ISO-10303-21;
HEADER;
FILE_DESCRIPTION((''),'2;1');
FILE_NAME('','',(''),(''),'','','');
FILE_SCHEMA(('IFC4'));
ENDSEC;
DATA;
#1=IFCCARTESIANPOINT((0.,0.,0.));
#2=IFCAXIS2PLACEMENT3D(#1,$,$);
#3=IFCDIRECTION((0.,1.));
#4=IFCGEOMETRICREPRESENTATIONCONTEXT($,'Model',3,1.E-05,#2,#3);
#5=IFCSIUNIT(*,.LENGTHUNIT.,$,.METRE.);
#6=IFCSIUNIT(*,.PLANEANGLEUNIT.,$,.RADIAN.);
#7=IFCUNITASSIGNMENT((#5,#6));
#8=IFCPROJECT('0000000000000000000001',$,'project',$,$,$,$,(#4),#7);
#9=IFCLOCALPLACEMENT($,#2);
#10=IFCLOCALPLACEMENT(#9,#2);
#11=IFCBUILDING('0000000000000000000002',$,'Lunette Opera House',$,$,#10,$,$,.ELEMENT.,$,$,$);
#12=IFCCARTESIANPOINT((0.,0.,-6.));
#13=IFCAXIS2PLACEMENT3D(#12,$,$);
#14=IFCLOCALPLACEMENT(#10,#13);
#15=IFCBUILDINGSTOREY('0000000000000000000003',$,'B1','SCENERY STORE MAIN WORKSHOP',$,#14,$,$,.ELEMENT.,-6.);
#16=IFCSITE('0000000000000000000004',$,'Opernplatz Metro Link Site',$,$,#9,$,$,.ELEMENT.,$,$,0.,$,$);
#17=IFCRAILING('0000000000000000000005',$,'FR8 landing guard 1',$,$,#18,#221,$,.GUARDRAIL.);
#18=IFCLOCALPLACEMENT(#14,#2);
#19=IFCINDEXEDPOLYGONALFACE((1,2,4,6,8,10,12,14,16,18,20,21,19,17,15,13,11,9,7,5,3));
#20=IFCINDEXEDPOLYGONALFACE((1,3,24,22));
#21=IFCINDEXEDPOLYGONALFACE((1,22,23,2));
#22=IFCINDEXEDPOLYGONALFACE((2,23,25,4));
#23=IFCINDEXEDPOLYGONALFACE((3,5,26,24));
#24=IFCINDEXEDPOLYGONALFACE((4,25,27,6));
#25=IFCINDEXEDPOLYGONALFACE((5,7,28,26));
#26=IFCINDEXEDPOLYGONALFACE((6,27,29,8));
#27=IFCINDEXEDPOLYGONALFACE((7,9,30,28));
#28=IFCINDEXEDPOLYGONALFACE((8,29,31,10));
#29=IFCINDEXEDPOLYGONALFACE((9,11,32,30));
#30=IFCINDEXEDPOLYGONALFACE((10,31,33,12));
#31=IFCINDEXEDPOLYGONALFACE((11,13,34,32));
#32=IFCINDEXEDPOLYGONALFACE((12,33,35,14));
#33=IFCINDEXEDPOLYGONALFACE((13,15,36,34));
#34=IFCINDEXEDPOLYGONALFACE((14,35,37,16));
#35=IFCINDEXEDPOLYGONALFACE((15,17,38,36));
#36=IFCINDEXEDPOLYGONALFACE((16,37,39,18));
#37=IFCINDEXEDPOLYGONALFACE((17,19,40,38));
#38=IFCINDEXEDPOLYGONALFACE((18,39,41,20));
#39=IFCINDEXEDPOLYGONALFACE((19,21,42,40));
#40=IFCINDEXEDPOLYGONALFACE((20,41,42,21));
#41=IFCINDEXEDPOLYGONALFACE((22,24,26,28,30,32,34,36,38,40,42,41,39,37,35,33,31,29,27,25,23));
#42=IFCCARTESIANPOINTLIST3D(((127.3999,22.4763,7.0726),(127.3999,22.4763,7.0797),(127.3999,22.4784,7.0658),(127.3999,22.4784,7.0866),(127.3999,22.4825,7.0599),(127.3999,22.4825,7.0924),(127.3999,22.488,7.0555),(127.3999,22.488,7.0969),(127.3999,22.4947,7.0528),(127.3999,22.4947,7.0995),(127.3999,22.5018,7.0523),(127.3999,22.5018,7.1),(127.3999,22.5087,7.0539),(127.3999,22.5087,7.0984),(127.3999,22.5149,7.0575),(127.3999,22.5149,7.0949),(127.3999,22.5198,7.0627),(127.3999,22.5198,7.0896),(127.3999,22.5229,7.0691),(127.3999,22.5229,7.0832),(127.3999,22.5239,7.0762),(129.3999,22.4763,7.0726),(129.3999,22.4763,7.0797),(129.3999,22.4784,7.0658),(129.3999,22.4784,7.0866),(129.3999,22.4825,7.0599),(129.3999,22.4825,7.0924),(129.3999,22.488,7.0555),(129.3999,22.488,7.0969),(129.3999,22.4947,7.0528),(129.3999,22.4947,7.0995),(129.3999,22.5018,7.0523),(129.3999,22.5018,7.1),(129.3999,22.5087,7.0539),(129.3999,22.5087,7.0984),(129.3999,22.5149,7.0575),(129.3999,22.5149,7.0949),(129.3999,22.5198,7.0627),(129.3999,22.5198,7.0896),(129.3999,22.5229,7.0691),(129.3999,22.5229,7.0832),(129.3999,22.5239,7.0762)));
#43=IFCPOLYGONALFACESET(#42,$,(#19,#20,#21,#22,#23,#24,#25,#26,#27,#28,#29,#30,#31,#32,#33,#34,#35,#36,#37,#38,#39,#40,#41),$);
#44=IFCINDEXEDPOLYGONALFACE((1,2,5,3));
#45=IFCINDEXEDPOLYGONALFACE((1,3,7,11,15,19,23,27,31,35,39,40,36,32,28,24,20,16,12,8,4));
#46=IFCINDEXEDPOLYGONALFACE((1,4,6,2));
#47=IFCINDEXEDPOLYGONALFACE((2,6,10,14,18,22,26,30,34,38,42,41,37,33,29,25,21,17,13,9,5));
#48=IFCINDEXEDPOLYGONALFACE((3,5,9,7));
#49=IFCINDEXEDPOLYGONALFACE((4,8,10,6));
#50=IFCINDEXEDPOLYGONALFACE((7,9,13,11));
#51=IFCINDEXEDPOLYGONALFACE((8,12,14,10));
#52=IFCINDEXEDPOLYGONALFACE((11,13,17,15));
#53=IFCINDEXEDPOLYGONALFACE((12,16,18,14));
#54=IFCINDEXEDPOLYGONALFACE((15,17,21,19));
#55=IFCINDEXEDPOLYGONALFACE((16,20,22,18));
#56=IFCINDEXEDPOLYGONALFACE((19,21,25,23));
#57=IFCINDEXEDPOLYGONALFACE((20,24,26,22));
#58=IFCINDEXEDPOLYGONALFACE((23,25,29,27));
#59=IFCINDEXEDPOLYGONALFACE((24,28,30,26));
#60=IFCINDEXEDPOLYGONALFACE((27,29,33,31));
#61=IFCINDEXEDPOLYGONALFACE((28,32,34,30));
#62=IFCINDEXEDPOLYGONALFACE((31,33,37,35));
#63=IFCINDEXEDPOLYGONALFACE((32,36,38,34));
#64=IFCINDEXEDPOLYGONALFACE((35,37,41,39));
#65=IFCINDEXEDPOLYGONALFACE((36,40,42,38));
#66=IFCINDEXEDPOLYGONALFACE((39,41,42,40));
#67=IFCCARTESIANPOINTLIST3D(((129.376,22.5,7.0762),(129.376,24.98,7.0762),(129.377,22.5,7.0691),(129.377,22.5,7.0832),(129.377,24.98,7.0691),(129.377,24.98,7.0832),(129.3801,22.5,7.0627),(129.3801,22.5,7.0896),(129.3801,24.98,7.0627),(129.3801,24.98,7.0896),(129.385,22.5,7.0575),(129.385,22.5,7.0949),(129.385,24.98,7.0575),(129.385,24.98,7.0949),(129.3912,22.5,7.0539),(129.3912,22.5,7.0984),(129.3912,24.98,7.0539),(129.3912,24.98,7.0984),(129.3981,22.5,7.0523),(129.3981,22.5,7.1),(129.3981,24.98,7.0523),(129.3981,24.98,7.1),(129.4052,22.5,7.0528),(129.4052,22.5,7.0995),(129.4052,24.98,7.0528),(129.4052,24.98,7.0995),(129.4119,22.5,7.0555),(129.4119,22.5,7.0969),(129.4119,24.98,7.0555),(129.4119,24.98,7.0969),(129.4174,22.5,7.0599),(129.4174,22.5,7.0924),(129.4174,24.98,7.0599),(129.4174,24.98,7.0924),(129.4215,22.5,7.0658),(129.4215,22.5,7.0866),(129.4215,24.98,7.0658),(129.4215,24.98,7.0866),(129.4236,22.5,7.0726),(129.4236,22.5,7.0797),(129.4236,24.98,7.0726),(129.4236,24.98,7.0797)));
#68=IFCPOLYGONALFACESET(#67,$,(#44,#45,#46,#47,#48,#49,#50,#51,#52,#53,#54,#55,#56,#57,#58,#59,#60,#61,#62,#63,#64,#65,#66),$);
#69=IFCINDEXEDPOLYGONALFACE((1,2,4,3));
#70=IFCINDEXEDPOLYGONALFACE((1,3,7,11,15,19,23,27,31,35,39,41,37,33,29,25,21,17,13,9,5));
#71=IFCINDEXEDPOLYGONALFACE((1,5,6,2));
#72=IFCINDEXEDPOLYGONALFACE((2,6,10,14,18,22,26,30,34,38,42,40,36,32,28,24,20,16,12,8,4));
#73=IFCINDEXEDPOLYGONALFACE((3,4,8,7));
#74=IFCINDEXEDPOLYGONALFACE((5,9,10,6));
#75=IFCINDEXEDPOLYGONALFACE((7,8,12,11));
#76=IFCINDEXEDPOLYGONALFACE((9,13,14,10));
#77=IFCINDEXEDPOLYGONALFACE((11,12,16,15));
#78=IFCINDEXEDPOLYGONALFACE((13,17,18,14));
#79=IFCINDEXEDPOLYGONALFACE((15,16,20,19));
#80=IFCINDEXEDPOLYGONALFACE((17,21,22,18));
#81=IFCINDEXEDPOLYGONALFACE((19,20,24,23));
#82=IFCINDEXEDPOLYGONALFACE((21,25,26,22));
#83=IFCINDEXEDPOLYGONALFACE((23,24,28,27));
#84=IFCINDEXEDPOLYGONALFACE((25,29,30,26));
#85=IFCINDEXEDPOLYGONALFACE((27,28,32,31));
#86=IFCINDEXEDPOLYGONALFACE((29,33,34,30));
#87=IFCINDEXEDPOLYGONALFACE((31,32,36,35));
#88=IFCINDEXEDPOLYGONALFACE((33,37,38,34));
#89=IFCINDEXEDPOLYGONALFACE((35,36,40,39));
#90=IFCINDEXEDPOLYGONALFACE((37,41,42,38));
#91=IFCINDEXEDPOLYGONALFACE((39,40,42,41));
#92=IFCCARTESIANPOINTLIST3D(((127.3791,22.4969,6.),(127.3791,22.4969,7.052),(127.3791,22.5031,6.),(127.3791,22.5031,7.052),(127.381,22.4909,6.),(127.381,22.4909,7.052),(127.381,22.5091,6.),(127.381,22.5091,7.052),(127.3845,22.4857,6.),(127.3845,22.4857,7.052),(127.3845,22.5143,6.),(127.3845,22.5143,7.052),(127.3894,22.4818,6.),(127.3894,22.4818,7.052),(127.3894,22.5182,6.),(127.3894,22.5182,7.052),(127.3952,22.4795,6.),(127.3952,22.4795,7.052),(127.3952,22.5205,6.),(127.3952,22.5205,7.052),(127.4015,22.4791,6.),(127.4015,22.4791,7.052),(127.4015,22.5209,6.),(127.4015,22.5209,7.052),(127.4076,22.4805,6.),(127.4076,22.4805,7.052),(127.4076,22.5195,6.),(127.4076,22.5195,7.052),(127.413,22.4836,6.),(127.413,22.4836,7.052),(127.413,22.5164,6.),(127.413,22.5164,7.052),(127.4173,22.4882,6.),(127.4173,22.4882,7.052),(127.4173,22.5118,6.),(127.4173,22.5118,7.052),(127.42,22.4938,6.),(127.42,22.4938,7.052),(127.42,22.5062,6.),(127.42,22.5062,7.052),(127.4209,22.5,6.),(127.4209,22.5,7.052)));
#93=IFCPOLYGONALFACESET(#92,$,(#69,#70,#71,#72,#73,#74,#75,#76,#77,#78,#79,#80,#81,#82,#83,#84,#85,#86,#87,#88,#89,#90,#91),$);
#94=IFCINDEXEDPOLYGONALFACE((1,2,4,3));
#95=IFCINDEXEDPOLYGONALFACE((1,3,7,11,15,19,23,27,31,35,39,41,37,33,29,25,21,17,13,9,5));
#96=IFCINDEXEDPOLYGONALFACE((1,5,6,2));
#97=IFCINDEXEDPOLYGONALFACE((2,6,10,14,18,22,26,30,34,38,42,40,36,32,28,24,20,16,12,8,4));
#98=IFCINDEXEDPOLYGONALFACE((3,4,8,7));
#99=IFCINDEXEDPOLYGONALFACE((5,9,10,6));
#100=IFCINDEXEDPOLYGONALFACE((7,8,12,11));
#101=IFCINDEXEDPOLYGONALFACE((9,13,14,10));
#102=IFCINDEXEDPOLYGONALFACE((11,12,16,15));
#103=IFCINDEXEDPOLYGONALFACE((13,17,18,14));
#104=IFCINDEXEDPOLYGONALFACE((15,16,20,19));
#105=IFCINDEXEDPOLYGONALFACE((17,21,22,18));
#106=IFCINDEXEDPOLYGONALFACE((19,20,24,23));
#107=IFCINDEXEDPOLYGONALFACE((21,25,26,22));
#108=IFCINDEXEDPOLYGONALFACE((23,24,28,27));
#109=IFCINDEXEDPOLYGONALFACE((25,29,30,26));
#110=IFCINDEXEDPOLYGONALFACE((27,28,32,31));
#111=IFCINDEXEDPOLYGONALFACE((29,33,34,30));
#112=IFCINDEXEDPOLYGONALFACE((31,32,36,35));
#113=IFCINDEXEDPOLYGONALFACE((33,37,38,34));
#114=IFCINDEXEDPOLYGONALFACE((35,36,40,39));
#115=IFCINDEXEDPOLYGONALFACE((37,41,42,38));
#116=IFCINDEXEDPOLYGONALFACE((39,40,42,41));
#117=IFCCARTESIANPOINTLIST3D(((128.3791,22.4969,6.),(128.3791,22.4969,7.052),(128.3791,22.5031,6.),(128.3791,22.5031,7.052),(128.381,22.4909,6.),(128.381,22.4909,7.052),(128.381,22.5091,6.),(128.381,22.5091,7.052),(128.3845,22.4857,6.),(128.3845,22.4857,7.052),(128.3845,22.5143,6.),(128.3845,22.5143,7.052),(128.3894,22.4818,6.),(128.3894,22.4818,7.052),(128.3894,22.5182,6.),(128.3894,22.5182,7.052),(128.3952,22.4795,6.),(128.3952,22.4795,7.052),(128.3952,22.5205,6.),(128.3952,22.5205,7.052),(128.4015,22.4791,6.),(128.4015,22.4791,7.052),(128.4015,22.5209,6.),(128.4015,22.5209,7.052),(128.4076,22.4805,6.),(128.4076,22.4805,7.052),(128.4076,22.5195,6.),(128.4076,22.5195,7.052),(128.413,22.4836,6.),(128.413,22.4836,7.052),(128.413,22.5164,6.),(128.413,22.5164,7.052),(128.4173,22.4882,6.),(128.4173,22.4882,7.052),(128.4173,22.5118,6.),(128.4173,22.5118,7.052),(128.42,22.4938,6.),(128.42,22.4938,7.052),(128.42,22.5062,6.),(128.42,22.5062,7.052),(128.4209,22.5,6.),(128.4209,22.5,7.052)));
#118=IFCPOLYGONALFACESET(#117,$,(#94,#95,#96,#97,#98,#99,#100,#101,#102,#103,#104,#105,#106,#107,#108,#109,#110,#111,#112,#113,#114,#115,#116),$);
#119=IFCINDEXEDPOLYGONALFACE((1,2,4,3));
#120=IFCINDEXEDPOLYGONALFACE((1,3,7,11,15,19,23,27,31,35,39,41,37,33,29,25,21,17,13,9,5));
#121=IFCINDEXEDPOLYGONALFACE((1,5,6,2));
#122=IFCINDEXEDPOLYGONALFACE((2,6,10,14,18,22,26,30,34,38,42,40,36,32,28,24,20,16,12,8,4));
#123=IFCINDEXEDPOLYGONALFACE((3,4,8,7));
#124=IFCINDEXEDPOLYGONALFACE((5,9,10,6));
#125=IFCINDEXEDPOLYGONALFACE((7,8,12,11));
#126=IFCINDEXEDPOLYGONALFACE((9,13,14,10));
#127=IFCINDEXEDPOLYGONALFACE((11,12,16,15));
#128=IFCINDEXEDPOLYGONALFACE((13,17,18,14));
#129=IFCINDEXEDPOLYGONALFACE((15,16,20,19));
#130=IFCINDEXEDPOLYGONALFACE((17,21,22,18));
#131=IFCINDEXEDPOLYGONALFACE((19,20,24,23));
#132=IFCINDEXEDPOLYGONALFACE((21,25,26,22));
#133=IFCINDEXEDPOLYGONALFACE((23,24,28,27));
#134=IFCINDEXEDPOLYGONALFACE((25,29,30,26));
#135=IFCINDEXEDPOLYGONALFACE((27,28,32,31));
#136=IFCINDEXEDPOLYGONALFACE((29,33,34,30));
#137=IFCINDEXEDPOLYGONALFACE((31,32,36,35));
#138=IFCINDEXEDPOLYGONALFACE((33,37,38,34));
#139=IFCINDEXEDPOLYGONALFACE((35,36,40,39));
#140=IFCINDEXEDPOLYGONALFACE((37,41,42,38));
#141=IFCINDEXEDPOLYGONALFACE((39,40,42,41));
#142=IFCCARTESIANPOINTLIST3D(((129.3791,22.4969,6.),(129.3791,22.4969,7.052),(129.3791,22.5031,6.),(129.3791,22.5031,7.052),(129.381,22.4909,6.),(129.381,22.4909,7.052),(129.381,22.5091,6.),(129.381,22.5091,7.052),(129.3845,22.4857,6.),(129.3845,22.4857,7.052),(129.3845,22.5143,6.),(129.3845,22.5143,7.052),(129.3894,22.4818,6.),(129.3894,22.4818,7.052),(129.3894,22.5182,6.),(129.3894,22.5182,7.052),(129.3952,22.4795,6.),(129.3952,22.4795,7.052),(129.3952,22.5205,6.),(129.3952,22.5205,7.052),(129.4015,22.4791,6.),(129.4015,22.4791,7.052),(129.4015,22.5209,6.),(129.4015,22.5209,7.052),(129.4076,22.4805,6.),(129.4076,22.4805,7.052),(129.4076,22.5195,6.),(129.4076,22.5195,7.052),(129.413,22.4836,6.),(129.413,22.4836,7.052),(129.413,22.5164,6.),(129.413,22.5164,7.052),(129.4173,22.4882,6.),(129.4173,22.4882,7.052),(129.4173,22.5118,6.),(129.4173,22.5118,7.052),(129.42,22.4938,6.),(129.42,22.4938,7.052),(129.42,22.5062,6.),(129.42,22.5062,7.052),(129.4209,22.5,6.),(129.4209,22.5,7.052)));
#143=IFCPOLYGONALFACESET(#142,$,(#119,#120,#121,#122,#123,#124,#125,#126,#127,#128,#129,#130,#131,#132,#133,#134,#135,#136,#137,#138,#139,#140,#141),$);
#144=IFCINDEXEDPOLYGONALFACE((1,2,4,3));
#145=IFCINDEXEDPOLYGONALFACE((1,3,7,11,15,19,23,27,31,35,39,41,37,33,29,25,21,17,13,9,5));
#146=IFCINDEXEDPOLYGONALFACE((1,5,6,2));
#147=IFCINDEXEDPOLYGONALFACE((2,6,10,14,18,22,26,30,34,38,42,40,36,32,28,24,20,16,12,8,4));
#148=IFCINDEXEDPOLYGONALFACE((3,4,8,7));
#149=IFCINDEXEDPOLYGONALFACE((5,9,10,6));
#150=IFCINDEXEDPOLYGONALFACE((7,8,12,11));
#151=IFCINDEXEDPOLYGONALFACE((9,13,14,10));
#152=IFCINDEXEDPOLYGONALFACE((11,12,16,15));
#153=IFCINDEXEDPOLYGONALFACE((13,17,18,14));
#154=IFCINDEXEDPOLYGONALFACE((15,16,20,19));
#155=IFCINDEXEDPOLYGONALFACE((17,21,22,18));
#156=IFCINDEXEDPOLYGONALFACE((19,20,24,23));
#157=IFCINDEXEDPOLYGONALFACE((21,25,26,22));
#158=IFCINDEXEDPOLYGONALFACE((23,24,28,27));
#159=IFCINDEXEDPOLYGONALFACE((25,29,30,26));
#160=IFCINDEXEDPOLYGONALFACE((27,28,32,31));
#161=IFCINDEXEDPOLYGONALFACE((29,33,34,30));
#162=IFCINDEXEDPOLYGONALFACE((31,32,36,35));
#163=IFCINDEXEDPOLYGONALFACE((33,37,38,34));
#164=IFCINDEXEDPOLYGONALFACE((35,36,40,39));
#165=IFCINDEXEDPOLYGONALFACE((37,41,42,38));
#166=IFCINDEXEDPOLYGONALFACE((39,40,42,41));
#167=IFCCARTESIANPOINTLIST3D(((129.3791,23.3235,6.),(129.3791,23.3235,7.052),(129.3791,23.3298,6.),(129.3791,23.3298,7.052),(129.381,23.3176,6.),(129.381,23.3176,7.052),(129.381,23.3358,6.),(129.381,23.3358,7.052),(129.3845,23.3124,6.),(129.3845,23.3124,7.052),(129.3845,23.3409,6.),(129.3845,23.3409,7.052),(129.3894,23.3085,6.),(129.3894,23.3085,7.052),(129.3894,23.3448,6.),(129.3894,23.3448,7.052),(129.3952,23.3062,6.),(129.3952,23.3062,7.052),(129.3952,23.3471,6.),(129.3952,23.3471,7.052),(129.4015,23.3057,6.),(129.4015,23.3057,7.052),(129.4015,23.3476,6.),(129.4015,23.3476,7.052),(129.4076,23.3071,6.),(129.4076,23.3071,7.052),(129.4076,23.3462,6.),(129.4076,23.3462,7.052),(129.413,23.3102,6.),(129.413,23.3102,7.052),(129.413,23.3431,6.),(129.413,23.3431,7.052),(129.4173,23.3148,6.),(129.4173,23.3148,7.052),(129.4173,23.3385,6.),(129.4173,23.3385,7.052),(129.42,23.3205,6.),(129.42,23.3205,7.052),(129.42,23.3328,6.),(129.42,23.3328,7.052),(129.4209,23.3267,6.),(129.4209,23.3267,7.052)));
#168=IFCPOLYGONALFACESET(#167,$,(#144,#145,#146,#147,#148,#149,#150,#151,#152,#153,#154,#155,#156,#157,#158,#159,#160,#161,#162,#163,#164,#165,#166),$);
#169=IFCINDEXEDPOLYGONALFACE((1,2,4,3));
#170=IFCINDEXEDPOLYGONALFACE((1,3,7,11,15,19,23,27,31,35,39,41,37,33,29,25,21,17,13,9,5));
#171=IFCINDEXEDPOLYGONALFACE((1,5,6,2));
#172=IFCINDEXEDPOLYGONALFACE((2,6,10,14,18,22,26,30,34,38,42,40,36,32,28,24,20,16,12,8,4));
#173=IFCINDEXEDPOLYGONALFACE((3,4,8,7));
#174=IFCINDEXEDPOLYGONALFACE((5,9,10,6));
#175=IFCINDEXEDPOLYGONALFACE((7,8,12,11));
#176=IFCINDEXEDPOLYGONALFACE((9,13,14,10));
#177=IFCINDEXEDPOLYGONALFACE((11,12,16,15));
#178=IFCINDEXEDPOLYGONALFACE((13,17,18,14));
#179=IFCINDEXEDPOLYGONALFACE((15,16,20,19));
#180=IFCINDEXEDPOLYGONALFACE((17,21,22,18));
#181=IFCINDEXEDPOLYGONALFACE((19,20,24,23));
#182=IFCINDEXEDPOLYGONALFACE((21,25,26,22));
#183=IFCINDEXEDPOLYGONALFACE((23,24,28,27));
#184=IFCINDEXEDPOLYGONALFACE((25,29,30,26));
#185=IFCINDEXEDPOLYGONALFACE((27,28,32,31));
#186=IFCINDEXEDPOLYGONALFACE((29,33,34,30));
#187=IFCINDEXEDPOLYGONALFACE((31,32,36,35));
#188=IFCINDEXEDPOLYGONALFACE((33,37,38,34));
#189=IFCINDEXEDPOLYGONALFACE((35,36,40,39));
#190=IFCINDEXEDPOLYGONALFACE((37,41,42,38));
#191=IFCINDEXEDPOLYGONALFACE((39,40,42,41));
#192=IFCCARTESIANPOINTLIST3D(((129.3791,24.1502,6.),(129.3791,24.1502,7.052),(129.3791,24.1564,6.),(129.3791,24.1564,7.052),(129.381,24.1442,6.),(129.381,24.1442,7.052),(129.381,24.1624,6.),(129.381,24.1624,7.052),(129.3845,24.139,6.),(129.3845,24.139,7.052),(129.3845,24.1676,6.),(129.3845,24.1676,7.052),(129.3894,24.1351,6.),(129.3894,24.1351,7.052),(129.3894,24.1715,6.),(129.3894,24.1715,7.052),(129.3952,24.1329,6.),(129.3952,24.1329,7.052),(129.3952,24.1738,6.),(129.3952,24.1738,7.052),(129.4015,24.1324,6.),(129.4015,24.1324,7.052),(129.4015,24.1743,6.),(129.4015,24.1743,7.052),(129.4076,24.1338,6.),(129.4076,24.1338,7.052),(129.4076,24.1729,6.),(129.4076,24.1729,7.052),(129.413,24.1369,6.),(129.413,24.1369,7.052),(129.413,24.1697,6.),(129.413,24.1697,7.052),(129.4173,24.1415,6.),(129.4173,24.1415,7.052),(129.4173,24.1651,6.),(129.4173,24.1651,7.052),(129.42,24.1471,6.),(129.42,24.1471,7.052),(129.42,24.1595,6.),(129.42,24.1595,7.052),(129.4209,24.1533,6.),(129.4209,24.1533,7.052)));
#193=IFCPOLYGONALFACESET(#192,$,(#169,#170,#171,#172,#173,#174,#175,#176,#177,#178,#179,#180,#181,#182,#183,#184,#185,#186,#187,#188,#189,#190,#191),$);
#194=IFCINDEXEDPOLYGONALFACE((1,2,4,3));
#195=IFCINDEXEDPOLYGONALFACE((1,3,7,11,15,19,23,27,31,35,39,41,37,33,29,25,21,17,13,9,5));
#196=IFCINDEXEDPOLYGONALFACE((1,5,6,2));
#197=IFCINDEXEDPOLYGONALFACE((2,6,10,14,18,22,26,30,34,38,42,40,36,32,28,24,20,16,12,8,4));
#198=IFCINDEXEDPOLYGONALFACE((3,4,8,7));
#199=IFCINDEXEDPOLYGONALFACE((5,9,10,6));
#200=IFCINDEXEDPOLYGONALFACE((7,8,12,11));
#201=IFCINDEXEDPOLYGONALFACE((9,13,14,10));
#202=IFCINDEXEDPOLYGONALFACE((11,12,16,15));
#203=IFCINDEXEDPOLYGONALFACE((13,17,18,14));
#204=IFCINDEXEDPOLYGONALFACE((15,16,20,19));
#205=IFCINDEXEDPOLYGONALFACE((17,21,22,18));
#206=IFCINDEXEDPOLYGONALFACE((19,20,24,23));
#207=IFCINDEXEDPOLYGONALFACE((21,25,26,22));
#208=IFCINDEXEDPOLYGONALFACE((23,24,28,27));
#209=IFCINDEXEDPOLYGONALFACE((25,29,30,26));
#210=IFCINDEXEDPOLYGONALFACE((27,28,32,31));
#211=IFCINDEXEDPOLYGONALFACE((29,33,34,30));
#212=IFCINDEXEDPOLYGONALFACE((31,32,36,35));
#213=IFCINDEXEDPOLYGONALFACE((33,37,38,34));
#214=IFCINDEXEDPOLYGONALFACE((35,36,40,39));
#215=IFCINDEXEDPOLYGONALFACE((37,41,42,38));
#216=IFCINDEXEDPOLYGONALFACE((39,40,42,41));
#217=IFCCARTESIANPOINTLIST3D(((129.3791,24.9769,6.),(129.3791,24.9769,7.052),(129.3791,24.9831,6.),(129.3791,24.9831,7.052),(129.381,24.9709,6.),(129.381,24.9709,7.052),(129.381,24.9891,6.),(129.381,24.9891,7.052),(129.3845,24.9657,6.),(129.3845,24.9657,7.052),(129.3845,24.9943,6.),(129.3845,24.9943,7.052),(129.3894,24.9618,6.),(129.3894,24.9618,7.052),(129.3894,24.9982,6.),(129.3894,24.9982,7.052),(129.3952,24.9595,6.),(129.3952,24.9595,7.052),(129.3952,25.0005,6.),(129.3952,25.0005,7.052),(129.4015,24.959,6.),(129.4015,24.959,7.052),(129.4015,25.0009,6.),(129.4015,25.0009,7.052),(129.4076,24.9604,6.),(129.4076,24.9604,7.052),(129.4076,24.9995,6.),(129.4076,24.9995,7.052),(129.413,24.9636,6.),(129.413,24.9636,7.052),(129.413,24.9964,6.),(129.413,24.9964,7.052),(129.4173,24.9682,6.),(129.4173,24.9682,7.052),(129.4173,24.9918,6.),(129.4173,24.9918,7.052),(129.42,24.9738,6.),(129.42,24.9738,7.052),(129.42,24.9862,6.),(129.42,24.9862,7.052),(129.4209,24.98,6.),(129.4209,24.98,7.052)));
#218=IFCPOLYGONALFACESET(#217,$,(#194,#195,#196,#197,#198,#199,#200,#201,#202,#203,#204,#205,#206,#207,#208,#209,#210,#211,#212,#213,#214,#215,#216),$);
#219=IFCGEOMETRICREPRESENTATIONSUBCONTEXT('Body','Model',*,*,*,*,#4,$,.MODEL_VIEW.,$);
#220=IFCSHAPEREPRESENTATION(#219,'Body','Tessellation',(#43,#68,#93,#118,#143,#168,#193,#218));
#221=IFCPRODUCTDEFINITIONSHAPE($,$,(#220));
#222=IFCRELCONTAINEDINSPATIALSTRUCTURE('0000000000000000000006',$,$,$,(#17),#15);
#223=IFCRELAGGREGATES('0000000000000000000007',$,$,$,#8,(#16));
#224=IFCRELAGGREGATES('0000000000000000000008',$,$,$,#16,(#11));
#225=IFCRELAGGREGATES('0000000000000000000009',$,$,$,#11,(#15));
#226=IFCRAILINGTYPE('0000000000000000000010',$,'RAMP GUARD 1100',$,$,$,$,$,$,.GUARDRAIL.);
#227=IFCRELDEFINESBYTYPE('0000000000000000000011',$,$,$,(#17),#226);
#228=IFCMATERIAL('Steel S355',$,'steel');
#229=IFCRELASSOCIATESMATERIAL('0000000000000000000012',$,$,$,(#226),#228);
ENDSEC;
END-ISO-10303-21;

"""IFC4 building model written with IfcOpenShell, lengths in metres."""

from ifc_helpers import new_model, si_unit, direction, frame, origin, origin_2d, place, context, subcontext, project, spatial, circle, extrude, material, type_object, element, save


model = new_model("IFC4")

# Units and contexts
model_context = context("Model", 3, precision=1e-05, world=origin(), true_north=direction((0.0, 1.0)))
body_context = subcontext(model_context, "Body", "Model", "MODEL_VIEW")
ifc_project = project(units=[si_unit("LENGTHUNIT", "METRE"), si_unit("PLANEANGLEUNIT", "RADIAN")], contexts=[model_context])

# Site, building, storey
site_placement = place(None, origin())
site = spatial("IfcSite", under=ifc_project, at=site_placement, Name="Opernplatz Metro Link Site", CompositionType="ELEMENT", RefElevation=0.0)
building_placement = place(site_placement, origin())
building = spatial("IfcBuilding", under=site, at=building_placement, Name="Lunette Opera House", CompositionType="ELEMENT")
storey_placement = place(building_placement, frame((0.0, 0.0, -6.0)))
storey = spatial("IfcBuildingStorey", under=building, at=storey_placement, Name="B1", Description="SCENERY STORE MAIN WORKSHOP", CompositionType="ELEMENT", Elevation=-6.0)

# Railing
ifc_material_1 = material(Name="Steel S355", Category="steel")
railing_type_1 = type_object("IfcRailingType", Name="RAMP GUARD 1100", PredefinedType="GUARDRAIL", material=ifc_material_1)
railing_1_placement = place(storey_placement, frame((127.3999, 22.5, 6.0)))
element("IfcRailing", 1, at=railing_1_placement, inside=storey, type_object=railing_type_1, Name="FR8 landing guard 1", PredefinedType="GUARDRAIL", context=body_context, shape_type="SweptSolid", body=[
    extrude(circle(Radius=0.0239, at=origin_2d()), frame((0.0, 0.0, 1.0762), z_axis=(1.0, 0.0, 0.0), x_axis=(0.0, 1.0, 0.0)), (0.0, 0.0, 1.0), 2.0),
    extrude(circle(Radius=0.0239, at=origin_2d()), frame((2.0, 0.0, 1.0762), z_axis=(0.0, 1.0, 0.0), x_axis=(-1.0, 0.0, 0.0)), (0.0, 0.0, 1.0), 2.48),
    extrude(circle(Radius=0.021, at=origin_2d()), origin(), (0.0, 0.0, 1.0), 1.052),
    extrude(circle(Radius=0.021, at=origin_2d()), frame((1.0, 0.0, 0.0)), (0.0, 0.0, 1.0), 1.052),
    extrude(circle(Radius=0.021, at=origin_2d()), frame((2.0, 0.0, 0.0)), (0.0, 0.0, 1.0), 1.052),
    extrude(circle(Radius=0.021, at=origin_2d()), frame((2.0, 0.8267, 0.0)), (0.0, 0.0, 1.0), 1.052),
    extrude(circle(Radius=0.021, at=origin_2d()), frame((2.0, 1.6533, 0.0)), (0.0, 0.0, 1.0), 1.052),
    extrude(circle(Radius=0.021, at=origin_2d()), frame((2.0, 2.48, 0.0)), (0.0, 0.0, 1.0), 1.052),
])

save(model, "model.ifc")
